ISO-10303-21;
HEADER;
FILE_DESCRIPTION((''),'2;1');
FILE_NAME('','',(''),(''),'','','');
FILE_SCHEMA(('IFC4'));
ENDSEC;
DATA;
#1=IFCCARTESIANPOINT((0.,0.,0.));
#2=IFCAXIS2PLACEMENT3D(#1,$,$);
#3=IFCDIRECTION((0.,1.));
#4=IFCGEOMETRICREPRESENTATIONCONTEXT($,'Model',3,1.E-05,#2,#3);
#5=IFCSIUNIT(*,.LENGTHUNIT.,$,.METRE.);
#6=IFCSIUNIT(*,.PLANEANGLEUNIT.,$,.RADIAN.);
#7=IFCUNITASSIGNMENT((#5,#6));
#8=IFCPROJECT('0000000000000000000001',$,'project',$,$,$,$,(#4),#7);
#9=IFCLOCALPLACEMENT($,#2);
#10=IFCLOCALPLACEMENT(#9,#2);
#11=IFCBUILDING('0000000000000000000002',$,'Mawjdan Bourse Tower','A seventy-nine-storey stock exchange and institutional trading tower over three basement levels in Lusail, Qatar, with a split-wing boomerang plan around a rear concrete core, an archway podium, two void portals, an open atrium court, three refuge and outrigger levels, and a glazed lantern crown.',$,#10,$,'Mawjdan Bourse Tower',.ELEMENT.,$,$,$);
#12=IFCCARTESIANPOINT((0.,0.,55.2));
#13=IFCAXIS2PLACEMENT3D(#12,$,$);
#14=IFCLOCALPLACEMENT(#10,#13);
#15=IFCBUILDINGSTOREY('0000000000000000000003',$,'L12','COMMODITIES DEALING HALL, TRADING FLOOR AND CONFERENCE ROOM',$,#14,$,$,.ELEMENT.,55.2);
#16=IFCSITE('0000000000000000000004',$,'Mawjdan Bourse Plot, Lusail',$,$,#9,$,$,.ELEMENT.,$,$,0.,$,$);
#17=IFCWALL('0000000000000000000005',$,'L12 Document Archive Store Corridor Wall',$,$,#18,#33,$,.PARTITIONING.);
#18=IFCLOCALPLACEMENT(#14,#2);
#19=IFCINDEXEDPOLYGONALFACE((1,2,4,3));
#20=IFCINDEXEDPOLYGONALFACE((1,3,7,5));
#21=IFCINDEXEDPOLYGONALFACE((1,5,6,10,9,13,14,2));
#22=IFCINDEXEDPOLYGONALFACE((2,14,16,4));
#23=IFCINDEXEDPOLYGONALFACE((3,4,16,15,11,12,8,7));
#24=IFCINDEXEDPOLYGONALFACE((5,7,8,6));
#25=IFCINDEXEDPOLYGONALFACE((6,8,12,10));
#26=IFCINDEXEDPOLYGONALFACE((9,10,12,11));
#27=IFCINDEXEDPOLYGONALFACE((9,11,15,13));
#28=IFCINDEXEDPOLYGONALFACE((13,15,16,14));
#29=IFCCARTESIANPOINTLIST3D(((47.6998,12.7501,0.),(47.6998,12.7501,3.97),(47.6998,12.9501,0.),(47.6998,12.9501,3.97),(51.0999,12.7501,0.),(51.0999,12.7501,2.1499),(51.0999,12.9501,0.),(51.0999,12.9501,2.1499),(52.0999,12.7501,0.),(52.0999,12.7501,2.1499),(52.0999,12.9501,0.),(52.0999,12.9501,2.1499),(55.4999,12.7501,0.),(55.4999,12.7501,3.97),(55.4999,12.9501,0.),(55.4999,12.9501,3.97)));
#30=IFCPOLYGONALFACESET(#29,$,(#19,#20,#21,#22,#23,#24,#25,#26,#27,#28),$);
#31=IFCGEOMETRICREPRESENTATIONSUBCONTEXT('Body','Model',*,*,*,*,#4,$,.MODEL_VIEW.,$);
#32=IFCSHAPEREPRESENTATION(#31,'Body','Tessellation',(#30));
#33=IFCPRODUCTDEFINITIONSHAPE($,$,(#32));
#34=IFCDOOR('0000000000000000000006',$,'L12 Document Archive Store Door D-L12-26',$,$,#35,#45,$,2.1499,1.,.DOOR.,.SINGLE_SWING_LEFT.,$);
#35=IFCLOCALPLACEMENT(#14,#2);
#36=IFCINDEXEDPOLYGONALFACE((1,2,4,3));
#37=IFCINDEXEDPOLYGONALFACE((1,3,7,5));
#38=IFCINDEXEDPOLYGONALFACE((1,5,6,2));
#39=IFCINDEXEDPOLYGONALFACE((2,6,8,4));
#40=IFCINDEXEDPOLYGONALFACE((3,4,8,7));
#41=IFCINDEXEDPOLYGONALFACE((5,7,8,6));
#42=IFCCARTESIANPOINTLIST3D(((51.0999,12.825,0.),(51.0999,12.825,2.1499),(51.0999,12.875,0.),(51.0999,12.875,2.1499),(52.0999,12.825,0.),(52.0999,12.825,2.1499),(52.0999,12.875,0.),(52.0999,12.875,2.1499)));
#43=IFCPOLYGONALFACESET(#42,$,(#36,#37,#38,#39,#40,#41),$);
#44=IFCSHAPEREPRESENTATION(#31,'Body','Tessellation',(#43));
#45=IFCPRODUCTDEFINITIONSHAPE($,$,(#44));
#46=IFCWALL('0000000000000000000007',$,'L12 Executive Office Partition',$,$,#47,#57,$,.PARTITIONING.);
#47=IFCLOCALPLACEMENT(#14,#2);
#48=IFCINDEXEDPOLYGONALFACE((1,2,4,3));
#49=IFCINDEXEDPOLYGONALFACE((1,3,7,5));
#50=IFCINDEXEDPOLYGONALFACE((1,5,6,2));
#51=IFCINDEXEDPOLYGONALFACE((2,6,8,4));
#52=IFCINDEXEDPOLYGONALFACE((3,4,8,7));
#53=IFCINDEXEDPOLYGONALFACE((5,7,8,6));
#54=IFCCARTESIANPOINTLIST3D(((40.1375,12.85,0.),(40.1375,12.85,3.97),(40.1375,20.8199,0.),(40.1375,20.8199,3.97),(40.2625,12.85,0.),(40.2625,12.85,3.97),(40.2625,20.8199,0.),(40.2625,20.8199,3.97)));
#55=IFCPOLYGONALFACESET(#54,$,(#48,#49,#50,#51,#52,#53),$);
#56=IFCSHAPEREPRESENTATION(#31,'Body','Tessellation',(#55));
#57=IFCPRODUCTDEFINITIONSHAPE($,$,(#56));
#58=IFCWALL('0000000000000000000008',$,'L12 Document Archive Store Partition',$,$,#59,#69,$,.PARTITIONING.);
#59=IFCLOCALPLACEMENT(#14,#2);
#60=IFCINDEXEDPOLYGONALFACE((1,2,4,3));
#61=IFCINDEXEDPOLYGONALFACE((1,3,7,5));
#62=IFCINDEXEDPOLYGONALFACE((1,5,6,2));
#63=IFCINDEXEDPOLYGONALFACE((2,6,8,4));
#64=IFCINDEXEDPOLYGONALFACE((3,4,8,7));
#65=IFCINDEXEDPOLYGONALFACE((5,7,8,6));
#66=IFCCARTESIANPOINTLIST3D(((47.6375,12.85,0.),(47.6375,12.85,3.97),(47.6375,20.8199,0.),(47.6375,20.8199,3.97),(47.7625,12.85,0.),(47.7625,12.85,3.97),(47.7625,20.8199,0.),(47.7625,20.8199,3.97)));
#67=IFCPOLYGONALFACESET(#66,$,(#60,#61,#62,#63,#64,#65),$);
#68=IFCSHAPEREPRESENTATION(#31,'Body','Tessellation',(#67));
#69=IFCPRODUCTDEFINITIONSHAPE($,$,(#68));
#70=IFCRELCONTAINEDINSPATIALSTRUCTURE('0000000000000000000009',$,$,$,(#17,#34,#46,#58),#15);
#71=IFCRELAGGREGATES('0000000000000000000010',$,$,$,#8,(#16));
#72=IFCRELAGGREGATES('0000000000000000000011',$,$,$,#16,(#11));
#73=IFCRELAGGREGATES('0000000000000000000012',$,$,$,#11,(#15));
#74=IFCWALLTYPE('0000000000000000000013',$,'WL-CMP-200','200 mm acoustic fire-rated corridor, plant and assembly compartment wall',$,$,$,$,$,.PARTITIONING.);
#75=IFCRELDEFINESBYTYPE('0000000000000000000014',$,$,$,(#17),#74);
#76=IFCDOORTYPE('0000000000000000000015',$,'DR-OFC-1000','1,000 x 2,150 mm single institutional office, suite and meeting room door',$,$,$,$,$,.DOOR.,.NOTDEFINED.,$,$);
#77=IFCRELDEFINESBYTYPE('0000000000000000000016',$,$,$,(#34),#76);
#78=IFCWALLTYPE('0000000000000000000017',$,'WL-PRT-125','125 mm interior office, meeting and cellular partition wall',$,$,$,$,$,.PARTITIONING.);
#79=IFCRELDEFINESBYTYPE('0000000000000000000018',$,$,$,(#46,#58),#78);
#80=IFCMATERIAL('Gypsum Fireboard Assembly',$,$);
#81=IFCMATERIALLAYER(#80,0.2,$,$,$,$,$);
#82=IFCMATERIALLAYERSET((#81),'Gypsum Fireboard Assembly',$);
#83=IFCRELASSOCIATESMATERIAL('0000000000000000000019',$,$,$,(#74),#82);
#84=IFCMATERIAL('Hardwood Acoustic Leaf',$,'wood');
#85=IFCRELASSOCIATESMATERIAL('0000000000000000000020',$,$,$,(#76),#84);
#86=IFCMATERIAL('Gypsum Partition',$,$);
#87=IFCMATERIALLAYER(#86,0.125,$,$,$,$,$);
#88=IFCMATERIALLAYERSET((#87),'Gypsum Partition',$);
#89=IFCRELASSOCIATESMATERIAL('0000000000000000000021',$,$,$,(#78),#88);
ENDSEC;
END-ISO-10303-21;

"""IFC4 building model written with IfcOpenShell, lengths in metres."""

from ifc_helpers import new_model, si_unit, direction, frame, frame_2d, origin, place, context, subcontext, project, spatial, rectangle, extrude, material, layer, layer_set, type_object, element, fill, save


model = new_model("IFC4")

# Units and contexts
model_context = context("Model", 3, precision=1e-05, world=origin(), true_north=direction((0.0, 1.0)))
body_context = subcontext(model_context, "Body", "Model", "MODEL_VIEW")
ifc_project = project(units=[si_unit("LENGTHUNIT", "METRE"), si_unit("PLANEANGLEUNIT", "RADIAN")], contexts=[model_context])

# Site, building, storey
site_placement = place(None, origin())
site = spatial("IfcSite", under=ifc_project, at=site_placement, Name="Mawjdan Bourse Plot, Lusail", CompositionType="ELEMENT", RefElevation=0.0)
building_placement = place(site_placement, origin())
building = spatial("IfcBuilding", under=site, at=building_placement, Name="Mawjdan Bourse Tower", Description="A seventy-nine-storey stock exchange and institutional trading tower over three basement levels in Lusail, Qatar, with a split-wing boomerang plan around a rear concrete core, an archway podium, two void portals, an open atrium court, three refuge and outrigger levels, and a glazed lantern crown.", LongName="Mawjdan Bourse Tower", CompositionType="ELEMENT")
storey_placement = place(building_placement, frame((0.0, 0.0, 55.2)))
storey = spatial("IfcBuildingStorey", under=building, at=storey_placement, Name="L12", Description="COMMODITIES DEALING HALL, TRADING FLOOR AND CONFERENCE ROOM", CompositionType="ELEMENT", Elevation=55.2)

# Wall, opening, door
ifc_material_1 = material(Name="Gypsum Fireboard Assembly")
ifc_layer_1 = layer(ifc_material_1, 0.2)
ifc_layer_set_1 = layer_set([ifc_layer_1], Name="Gypsum Fireboard Assembly")
wall_type_1 = type_object("IfcWallType", Name="WL-CMP-200", Description="200 mm acoustic fire-rated corridor, plant and assembly compartment wall", PredefinedType="PARTITIONING", material=ifc_layer_set_1)
ifc_material_2 = material(Name="Hardwood Acoustic Leaf", Category="wood")
door_type = type_object("IfcDoorType", Name="DR-OFC-1000", Description="1,000 x 2,150 mm single institutional office, suite and meeting room door", OperationType="NOTDEFINED", PredefinedType="DOOR", material=ifc_material_2)
wall_1_placement = place(storey_placement, frame((47.7, 12.8501, 0.0), z_axis=(0.0, 0.0, 1.0), x_axis=(1.0, 0.0, 0.0)))
wall_1 = element("IfcWall", 1, at=wall_1_placement, inside=storey, type_object=wall_type_1, Name="L12 Document Archive Store Corridor Wall", PredefinedType="PARTITIONING", context=body_context, shape_type="SweptSolid", body=[
    extrude(rectangle(XDim=7.8, YDim=0.2, at=frame_2d((3.8999, 0.0))), origin(), (0.0, 0.0, 1.0), 3.97),
])
opening_1_placement = place(wall_1_placement, frame((3.3999, 0.0, 0.0)))
opening_1 = element("IfcOpeningElement", 2, at=opening_1_placement, cuts=wall_1, PredefinedType="OPENING", context=body_context, shape_type="SweptSolid", body=[
    extrude(rectangle(XDim=1.0, YDim=2.1499, at=frame_2d((0.5, 1.075))), frame((0.0, 0.1099, 0.0), z_axis=(0.0, -1.0, 0.0), x_axis=(1.0, 0.0, 0.0)), (0.0, 0.0, 1.0), 0.22),
])
door_1_placement = place(opening_1_placement, origin())
door_1 = element("IfcDoor", 3, at=door_1_placement, inside=storey, type_object=door_type, Name="L12 Document Archive Store Door D-L12-26", OperationType="SINGLE_SWING_LEFT", OverallHeight=2.1499, OverallWidth=1.0, PredefinedType="DOOR", context=body_context, shape_type="SweptSolid", body=[
    extrude(rectangle(XDim=1.0, YDim=2.1499, at=frame_2d((0.5, 1.075))), frame((0.0, 0.0249, 0.0), z_axis=(0.0, -1.0, 0.0), x_axis=(1.0, 0.0, 0.0)), (0.0, 0.0, 1.0), 0.05),
])
fill(opening_1, door_1)

# Walls
ifc_material_3 = material(Name="Gypsum Partition")
ifc_layer_2 = layer(ifc_material_3, 0.125)
ifc_layer_set_2 = layer_set([ifc_layer_2], Name="Gypsum Partition")
wall_type_2 = type_object("IfcWallType", Name="WL-PRT-125", Description="125 mm interior office, meeting and cellular partition wall", PredefinedType="PARTITIONING", material=ifc_layer_set_2)
for number, where, z_axis, x_axis, name in (
    (4, (40.2, 12.8501, 0.0), (0.0, 0.0, 1.0), (0.0, 1.0, 0.0), "L12 Executive Office Partition"),
    (5, (47.7, 12.8501, 0.0), (0.0, 0.0, 1.0), (0.0, 1.0, 0.0), "L12 Document Archive Store Partition"),
):
    element("IfcWall", number, at=place(storey_placement, frame(where, z_axis=z_axis, x_axis=x_axis)), inside=storey, type_object=wall_type_2, Name=name, PredefinedType="PARTITIONING", context=body_context, shape_type="SweptSolid", body=[
        extrude(rectangle(XDim=7.97, YDim=0.125, at=frame_2d((3.9849, 0.0))), origin(), (0.0, 0.0, 1.0), 3.97),
    ])

save(model, "model.ifc")
